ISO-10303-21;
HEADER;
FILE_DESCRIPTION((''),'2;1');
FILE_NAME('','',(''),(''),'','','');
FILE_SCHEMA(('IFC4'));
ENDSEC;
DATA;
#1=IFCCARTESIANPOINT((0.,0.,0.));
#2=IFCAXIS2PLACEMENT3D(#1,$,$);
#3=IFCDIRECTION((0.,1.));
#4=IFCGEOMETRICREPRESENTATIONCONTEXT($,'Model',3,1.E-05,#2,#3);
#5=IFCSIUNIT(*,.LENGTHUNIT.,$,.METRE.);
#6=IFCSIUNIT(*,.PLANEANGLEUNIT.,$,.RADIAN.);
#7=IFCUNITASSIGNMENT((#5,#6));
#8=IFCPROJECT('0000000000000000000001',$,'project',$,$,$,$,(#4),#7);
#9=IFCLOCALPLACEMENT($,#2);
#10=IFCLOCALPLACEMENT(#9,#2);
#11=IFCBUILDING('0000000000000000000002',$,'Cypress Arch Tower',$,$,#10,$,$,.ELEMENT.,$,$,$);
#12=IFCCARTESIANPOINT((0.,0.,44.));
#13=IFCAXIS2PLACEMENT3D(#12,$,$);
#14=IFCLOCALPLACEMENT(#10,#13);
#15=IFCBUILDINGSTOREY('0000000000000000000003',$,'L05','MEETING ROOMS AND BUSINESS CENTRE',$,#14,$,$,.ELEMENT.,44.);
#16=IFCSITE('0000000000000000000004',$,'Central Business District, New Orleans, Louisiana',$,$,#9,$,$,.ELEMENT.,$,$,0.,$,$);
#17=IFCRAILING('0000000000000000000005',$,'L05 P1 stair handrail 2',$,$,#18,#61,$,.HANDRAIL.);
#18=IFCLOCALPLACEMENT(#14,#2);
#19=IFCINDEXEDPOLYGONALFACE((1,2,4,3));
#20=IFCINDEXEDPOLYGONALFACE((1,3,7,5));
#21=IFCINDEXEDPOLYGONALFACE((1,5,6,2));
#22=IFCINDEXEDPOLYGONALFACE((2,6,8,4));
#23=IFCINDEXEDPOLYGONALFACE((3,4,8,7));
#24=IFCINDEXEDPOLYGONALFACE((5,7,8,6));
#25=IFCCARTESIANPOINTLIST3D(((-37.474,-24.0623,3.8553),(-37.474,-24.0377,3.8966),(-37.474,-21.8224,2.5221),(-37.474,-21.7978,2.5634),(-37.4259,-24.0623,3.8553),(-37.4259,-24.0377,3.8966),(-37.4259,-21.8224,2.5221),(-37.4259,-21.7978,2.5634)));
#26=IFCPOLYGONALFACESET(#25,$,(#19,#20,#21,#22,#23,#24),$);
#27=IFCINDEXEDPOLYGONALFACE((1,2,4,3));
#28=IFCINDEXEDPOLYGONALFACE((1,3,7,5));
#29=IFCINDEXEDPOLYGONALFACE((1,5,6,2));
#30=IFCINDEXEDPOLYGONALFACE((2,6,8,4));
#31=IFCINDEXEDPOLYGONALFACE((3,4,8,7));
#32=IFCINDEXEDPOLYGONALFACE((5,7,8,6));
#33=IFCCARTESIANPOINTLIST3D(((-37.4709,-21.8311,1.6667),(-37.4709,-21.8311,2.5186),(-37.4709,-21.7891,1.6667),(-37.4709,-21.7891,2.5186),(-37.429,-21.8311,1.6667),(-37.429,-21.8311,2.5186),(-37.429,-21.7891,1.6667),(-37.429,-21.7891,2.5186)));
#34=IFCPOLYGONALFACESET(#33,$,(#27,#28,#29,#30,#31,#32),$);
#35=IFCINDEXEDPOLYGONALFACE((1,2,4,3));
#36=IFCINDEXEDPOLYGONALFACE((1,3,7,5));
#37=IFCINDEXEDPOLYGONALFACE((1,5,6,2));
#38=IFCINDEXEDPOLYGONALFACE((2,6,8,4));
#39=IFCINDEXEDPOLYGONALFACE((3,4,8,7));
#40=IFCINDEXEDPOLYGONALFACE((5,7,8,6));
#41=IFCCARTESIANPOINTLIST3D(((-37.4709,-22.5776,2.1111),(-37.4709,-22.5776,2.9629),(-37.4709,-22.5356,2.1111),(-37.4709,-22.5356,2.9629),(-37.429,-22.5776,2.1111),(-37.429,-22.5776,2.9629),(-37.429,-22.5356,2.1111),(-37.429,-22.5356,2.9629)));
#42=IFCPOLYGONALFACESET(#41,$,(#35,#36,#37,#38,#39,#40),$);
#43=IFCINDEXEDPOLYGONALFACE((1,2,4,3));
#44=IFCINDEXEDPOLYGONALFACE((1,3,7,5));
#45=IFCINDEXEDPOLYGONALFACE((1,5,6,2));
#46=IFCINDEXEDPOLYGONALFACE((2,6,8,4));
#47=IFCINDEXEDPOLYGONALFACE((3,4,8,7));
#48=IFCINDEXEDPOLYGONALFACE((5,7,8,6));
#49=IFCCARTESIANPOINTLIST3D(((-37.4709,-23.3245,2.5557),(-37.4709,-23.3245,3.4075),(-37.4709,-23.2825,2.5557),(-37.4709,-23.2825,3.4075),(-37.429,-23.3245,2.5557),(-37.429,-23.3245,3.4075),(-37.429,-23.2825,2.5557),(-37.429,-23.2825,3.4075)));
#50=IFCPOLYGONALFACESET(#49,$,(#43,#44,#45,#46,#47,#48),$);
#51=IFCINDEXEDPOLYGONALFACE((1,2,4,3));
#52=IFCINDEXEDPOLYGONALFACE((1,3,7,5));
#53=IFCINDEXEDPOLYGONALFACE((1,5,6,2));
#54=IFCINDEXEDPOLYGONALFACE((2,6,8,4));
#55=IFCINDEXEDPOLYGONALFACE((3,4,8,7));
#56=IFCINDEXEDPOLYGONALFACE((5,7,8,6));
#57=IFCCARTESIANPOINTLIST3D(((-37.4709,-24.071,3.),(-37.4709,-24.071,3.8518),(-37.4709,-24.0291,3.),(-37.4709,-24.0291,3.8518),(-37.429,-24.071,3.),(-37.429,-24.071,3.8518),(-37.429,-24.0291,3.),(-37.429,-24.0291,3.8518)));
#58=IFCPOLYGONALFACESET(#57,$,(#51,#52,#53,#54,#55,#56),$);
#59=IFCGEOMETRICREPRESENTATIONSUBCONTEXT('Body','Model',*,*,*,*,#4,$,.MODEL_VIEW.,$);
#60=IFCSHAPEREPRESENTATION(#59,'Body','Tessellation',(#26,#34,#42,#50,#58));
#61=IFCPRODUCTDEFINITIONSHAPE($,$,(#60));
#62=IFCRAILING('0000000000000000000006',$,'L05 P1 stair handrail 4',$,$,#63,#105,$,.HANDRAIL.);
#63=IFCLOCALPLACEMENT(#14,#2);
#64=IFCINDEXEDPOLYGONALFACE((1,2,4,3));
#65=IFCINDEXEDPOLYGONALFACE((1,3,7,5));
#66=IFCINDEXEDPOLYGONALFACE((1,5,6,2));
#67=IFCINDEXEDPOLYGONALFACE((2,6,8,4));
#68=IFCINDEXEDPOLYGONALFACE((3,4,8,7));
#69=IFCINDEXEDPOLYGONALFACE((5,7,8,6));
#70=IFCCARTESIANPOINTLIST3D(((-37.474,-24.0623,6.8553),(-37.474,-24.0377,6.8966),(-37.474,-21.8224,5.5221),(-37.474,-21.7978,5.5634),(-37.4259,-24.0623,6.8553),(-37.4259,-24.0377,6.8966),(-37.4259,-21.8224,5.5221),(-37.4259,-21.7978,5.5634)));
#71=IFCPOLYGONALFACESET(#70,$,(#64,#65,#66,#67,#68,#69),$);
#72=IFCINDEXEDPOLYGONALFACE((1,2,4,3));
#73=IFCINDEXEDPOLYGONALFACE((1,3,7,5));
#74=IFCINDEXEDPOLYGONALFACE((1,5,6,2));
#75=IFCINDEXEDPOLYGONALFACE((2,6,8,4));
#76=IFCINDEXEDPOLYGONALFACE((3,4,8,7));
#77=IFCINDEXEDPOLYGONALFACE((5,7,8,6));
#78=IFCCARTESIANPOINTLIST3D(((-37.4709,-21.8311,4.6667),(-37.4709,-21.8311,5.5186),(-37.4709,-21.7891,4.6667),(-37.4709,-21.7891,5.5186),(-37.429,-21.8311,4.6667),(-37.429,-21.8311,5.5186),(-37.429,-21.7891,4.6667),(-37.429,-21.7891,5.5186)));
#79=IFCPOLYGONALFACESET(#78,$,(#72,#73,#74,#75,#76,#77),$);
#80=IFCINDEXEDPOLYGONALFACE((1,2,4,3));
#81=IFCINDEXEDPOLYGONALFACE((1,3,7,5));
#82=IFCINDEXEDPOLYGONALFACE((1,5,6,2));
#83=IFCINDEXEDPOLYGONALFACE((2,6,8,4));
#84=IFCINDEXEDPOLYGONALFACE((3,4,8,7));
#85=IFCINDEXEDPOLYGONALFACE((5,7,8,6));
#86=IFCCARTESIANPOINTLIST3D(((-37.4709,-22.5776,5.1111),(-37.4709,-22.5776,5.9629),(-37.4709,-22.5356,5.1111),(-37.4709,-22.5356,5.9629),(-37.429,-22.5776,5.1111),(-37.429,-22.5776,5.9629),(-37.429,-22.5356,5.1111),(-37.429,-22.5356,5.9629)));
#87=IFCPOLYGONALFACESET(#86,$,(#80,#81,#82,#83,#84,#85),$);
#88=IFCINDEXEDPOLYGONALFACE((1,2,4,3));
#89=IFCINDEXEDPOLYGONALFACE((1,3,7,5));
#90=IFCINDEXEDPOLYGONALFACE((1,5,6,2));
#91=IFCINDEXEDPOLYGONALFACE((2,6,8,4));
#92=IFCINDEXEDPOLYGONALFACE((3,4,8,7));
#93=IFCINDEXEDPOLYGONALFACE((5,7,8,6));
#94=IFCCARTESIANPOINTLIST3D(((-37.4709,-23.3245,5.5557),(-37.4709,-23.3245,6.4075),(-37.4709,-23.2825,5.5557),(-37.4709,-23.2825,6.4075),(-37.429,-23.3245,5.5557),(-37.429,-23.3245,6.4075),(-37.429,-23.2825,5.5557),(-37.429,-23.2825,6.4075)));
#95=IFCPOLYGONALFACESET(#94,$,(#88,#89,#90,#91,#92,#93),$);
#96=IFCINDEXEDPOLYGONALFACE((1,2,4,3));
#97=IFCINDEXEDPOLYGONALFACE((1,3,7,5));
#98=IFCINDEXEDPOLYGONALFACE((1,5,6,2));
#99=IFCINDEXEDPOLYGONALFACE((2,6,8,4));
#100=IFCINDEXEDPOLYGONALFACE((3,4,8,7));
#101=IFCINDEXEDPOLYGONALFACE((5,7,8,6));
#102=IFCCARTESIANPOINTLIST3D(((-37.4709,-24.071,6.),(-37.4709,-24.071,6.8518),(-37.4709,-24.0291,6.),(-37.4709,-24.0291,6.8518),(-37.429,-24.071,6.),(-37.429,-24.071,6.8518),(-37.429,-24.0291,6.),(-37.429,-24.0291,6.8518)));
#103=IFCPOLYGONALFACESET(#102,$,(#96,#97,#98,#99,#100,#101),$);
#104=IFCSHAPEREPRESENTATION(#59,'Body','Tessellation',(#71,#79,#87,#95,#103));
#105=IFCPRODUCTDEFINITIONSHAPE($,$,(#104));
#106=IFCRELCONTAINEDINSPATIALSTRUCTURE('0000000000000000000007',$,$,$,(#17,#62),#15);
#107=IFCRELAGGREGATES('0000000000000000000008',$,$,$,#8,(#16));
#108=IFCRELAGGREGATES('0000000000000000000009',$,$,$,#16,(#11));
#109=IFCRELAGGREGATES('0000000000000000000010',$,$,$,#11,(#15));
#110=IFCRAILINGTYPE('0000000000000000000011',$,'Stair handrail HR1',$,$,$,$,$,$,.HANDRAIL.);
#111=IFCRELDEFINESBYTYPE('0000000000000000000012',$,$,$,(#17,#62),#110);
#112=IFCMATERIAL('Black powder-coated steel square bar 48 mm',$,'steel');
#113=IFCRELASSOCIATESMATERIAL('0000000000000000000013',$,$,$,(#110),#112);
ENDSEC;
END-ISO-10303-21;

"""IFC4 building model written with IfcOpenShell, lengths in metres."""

from ifc_helpers import new_model, si_unit, direction, frame, origin, origin_2d, place, context, subcontext, project, spatial, rectangle, extrude, material, type_object, element, save


model = new_model("IFC4")

# Units and contexts
model_context = context("Model", 3, precision=1e-05, world=origin(), true_north=direction((0.0, 1.0)))
body_context = subcontext(model_context, "Body", "Model", "MODEL_VIEW")
ifc_project = project(units=[si_unit("LENGTHUNIT", "METRE"), si_unit("PLANEANGLEUNIT", "RADIAN")], contexts=[model_context])

# Site, building, storey
site_placement = place(None, origin())
site = spatial("IfcSite", under=ifc_project, at=site_placement, Name="Central Business District, New Orleans, Louisiana", CompositionType="ELEMENT", RefElevation=0.0)
building_placement = place(site_placement, origin())
building = spatial("IfcBuilding", under=site, at=building_placement, Name="Cypress Arch Tower", CompositionType="ELEMENT")
storey_placement = place(building_placement, frame((0.0, 0.0, 44.0)))
storey = spatial("IfcBuildingStorey", under=building, at=storey_placement, Name="L05", Description="MEETING ROOMS AND BUSINESS CENTRE", CompositionType="ELEMENT", Elevation=44.0)

# Railings
ifc_material_1 = material(Name="Black powder-coated steel square bar 48 mm", Category="steel")
railing_type = type_object("IfcRailingType", Name="Stair handrail HR1", PredefinedType="HANDRAIL", material=ifc_material_1)
for number, where, name in (
    (1, (-37.45, -21.8101, 1.6667), "L05 P1 stair handrail 2"),
    (2, (-37.45, -21.8101, 4.6667), "L05 P1 stair handrail 4"),
):
    element("IfcRailing", number, at=place(storey_placement, frame(where)), inside=storey, type_object=railing_type, Name=name, PredefinedType="HANDRAIL", context=body_context, shape_type="SweptSolid", body=[
        extrude(rectangle(XDim=0.0481, YDim=0.0481, at=origin_2d()), frame((0.0, 0.0, 0.876), z_axis=(0.0, -0.859306, 0.511462), x_axis=(1.0, 0.0, 0.0)), (0.0, 0.0, 1.0), 2.6067),
        extrude(rectangle(XDim=0.042, YDim=0.042, at=origin_2d()), origin(), (0.0, 0.0, 1.0), 0.8518),
        extrude(rectangle(XDim=0.042, YDim=0.042, at=origin_2d()), frame((0.0, -0.7466, 0.4443)), (0.0, 0.0, 1.0), 0.8518),
        extrude(rectangle(XDim=0.042, YDim=0.042, at=origin_2d()), frame((0.0, -1.4934, 0.8889)), (0.0, 0.0, 1.0), 0.8518),
        extrude(rectangle(XDim=0.042, YDim=0.042, at=origin_2d()), frame((0.0, -2.24, 1.3333)), (0.0, 0.0, 1.0), 0.8518),
    ])

save(model, "model.ifc")
